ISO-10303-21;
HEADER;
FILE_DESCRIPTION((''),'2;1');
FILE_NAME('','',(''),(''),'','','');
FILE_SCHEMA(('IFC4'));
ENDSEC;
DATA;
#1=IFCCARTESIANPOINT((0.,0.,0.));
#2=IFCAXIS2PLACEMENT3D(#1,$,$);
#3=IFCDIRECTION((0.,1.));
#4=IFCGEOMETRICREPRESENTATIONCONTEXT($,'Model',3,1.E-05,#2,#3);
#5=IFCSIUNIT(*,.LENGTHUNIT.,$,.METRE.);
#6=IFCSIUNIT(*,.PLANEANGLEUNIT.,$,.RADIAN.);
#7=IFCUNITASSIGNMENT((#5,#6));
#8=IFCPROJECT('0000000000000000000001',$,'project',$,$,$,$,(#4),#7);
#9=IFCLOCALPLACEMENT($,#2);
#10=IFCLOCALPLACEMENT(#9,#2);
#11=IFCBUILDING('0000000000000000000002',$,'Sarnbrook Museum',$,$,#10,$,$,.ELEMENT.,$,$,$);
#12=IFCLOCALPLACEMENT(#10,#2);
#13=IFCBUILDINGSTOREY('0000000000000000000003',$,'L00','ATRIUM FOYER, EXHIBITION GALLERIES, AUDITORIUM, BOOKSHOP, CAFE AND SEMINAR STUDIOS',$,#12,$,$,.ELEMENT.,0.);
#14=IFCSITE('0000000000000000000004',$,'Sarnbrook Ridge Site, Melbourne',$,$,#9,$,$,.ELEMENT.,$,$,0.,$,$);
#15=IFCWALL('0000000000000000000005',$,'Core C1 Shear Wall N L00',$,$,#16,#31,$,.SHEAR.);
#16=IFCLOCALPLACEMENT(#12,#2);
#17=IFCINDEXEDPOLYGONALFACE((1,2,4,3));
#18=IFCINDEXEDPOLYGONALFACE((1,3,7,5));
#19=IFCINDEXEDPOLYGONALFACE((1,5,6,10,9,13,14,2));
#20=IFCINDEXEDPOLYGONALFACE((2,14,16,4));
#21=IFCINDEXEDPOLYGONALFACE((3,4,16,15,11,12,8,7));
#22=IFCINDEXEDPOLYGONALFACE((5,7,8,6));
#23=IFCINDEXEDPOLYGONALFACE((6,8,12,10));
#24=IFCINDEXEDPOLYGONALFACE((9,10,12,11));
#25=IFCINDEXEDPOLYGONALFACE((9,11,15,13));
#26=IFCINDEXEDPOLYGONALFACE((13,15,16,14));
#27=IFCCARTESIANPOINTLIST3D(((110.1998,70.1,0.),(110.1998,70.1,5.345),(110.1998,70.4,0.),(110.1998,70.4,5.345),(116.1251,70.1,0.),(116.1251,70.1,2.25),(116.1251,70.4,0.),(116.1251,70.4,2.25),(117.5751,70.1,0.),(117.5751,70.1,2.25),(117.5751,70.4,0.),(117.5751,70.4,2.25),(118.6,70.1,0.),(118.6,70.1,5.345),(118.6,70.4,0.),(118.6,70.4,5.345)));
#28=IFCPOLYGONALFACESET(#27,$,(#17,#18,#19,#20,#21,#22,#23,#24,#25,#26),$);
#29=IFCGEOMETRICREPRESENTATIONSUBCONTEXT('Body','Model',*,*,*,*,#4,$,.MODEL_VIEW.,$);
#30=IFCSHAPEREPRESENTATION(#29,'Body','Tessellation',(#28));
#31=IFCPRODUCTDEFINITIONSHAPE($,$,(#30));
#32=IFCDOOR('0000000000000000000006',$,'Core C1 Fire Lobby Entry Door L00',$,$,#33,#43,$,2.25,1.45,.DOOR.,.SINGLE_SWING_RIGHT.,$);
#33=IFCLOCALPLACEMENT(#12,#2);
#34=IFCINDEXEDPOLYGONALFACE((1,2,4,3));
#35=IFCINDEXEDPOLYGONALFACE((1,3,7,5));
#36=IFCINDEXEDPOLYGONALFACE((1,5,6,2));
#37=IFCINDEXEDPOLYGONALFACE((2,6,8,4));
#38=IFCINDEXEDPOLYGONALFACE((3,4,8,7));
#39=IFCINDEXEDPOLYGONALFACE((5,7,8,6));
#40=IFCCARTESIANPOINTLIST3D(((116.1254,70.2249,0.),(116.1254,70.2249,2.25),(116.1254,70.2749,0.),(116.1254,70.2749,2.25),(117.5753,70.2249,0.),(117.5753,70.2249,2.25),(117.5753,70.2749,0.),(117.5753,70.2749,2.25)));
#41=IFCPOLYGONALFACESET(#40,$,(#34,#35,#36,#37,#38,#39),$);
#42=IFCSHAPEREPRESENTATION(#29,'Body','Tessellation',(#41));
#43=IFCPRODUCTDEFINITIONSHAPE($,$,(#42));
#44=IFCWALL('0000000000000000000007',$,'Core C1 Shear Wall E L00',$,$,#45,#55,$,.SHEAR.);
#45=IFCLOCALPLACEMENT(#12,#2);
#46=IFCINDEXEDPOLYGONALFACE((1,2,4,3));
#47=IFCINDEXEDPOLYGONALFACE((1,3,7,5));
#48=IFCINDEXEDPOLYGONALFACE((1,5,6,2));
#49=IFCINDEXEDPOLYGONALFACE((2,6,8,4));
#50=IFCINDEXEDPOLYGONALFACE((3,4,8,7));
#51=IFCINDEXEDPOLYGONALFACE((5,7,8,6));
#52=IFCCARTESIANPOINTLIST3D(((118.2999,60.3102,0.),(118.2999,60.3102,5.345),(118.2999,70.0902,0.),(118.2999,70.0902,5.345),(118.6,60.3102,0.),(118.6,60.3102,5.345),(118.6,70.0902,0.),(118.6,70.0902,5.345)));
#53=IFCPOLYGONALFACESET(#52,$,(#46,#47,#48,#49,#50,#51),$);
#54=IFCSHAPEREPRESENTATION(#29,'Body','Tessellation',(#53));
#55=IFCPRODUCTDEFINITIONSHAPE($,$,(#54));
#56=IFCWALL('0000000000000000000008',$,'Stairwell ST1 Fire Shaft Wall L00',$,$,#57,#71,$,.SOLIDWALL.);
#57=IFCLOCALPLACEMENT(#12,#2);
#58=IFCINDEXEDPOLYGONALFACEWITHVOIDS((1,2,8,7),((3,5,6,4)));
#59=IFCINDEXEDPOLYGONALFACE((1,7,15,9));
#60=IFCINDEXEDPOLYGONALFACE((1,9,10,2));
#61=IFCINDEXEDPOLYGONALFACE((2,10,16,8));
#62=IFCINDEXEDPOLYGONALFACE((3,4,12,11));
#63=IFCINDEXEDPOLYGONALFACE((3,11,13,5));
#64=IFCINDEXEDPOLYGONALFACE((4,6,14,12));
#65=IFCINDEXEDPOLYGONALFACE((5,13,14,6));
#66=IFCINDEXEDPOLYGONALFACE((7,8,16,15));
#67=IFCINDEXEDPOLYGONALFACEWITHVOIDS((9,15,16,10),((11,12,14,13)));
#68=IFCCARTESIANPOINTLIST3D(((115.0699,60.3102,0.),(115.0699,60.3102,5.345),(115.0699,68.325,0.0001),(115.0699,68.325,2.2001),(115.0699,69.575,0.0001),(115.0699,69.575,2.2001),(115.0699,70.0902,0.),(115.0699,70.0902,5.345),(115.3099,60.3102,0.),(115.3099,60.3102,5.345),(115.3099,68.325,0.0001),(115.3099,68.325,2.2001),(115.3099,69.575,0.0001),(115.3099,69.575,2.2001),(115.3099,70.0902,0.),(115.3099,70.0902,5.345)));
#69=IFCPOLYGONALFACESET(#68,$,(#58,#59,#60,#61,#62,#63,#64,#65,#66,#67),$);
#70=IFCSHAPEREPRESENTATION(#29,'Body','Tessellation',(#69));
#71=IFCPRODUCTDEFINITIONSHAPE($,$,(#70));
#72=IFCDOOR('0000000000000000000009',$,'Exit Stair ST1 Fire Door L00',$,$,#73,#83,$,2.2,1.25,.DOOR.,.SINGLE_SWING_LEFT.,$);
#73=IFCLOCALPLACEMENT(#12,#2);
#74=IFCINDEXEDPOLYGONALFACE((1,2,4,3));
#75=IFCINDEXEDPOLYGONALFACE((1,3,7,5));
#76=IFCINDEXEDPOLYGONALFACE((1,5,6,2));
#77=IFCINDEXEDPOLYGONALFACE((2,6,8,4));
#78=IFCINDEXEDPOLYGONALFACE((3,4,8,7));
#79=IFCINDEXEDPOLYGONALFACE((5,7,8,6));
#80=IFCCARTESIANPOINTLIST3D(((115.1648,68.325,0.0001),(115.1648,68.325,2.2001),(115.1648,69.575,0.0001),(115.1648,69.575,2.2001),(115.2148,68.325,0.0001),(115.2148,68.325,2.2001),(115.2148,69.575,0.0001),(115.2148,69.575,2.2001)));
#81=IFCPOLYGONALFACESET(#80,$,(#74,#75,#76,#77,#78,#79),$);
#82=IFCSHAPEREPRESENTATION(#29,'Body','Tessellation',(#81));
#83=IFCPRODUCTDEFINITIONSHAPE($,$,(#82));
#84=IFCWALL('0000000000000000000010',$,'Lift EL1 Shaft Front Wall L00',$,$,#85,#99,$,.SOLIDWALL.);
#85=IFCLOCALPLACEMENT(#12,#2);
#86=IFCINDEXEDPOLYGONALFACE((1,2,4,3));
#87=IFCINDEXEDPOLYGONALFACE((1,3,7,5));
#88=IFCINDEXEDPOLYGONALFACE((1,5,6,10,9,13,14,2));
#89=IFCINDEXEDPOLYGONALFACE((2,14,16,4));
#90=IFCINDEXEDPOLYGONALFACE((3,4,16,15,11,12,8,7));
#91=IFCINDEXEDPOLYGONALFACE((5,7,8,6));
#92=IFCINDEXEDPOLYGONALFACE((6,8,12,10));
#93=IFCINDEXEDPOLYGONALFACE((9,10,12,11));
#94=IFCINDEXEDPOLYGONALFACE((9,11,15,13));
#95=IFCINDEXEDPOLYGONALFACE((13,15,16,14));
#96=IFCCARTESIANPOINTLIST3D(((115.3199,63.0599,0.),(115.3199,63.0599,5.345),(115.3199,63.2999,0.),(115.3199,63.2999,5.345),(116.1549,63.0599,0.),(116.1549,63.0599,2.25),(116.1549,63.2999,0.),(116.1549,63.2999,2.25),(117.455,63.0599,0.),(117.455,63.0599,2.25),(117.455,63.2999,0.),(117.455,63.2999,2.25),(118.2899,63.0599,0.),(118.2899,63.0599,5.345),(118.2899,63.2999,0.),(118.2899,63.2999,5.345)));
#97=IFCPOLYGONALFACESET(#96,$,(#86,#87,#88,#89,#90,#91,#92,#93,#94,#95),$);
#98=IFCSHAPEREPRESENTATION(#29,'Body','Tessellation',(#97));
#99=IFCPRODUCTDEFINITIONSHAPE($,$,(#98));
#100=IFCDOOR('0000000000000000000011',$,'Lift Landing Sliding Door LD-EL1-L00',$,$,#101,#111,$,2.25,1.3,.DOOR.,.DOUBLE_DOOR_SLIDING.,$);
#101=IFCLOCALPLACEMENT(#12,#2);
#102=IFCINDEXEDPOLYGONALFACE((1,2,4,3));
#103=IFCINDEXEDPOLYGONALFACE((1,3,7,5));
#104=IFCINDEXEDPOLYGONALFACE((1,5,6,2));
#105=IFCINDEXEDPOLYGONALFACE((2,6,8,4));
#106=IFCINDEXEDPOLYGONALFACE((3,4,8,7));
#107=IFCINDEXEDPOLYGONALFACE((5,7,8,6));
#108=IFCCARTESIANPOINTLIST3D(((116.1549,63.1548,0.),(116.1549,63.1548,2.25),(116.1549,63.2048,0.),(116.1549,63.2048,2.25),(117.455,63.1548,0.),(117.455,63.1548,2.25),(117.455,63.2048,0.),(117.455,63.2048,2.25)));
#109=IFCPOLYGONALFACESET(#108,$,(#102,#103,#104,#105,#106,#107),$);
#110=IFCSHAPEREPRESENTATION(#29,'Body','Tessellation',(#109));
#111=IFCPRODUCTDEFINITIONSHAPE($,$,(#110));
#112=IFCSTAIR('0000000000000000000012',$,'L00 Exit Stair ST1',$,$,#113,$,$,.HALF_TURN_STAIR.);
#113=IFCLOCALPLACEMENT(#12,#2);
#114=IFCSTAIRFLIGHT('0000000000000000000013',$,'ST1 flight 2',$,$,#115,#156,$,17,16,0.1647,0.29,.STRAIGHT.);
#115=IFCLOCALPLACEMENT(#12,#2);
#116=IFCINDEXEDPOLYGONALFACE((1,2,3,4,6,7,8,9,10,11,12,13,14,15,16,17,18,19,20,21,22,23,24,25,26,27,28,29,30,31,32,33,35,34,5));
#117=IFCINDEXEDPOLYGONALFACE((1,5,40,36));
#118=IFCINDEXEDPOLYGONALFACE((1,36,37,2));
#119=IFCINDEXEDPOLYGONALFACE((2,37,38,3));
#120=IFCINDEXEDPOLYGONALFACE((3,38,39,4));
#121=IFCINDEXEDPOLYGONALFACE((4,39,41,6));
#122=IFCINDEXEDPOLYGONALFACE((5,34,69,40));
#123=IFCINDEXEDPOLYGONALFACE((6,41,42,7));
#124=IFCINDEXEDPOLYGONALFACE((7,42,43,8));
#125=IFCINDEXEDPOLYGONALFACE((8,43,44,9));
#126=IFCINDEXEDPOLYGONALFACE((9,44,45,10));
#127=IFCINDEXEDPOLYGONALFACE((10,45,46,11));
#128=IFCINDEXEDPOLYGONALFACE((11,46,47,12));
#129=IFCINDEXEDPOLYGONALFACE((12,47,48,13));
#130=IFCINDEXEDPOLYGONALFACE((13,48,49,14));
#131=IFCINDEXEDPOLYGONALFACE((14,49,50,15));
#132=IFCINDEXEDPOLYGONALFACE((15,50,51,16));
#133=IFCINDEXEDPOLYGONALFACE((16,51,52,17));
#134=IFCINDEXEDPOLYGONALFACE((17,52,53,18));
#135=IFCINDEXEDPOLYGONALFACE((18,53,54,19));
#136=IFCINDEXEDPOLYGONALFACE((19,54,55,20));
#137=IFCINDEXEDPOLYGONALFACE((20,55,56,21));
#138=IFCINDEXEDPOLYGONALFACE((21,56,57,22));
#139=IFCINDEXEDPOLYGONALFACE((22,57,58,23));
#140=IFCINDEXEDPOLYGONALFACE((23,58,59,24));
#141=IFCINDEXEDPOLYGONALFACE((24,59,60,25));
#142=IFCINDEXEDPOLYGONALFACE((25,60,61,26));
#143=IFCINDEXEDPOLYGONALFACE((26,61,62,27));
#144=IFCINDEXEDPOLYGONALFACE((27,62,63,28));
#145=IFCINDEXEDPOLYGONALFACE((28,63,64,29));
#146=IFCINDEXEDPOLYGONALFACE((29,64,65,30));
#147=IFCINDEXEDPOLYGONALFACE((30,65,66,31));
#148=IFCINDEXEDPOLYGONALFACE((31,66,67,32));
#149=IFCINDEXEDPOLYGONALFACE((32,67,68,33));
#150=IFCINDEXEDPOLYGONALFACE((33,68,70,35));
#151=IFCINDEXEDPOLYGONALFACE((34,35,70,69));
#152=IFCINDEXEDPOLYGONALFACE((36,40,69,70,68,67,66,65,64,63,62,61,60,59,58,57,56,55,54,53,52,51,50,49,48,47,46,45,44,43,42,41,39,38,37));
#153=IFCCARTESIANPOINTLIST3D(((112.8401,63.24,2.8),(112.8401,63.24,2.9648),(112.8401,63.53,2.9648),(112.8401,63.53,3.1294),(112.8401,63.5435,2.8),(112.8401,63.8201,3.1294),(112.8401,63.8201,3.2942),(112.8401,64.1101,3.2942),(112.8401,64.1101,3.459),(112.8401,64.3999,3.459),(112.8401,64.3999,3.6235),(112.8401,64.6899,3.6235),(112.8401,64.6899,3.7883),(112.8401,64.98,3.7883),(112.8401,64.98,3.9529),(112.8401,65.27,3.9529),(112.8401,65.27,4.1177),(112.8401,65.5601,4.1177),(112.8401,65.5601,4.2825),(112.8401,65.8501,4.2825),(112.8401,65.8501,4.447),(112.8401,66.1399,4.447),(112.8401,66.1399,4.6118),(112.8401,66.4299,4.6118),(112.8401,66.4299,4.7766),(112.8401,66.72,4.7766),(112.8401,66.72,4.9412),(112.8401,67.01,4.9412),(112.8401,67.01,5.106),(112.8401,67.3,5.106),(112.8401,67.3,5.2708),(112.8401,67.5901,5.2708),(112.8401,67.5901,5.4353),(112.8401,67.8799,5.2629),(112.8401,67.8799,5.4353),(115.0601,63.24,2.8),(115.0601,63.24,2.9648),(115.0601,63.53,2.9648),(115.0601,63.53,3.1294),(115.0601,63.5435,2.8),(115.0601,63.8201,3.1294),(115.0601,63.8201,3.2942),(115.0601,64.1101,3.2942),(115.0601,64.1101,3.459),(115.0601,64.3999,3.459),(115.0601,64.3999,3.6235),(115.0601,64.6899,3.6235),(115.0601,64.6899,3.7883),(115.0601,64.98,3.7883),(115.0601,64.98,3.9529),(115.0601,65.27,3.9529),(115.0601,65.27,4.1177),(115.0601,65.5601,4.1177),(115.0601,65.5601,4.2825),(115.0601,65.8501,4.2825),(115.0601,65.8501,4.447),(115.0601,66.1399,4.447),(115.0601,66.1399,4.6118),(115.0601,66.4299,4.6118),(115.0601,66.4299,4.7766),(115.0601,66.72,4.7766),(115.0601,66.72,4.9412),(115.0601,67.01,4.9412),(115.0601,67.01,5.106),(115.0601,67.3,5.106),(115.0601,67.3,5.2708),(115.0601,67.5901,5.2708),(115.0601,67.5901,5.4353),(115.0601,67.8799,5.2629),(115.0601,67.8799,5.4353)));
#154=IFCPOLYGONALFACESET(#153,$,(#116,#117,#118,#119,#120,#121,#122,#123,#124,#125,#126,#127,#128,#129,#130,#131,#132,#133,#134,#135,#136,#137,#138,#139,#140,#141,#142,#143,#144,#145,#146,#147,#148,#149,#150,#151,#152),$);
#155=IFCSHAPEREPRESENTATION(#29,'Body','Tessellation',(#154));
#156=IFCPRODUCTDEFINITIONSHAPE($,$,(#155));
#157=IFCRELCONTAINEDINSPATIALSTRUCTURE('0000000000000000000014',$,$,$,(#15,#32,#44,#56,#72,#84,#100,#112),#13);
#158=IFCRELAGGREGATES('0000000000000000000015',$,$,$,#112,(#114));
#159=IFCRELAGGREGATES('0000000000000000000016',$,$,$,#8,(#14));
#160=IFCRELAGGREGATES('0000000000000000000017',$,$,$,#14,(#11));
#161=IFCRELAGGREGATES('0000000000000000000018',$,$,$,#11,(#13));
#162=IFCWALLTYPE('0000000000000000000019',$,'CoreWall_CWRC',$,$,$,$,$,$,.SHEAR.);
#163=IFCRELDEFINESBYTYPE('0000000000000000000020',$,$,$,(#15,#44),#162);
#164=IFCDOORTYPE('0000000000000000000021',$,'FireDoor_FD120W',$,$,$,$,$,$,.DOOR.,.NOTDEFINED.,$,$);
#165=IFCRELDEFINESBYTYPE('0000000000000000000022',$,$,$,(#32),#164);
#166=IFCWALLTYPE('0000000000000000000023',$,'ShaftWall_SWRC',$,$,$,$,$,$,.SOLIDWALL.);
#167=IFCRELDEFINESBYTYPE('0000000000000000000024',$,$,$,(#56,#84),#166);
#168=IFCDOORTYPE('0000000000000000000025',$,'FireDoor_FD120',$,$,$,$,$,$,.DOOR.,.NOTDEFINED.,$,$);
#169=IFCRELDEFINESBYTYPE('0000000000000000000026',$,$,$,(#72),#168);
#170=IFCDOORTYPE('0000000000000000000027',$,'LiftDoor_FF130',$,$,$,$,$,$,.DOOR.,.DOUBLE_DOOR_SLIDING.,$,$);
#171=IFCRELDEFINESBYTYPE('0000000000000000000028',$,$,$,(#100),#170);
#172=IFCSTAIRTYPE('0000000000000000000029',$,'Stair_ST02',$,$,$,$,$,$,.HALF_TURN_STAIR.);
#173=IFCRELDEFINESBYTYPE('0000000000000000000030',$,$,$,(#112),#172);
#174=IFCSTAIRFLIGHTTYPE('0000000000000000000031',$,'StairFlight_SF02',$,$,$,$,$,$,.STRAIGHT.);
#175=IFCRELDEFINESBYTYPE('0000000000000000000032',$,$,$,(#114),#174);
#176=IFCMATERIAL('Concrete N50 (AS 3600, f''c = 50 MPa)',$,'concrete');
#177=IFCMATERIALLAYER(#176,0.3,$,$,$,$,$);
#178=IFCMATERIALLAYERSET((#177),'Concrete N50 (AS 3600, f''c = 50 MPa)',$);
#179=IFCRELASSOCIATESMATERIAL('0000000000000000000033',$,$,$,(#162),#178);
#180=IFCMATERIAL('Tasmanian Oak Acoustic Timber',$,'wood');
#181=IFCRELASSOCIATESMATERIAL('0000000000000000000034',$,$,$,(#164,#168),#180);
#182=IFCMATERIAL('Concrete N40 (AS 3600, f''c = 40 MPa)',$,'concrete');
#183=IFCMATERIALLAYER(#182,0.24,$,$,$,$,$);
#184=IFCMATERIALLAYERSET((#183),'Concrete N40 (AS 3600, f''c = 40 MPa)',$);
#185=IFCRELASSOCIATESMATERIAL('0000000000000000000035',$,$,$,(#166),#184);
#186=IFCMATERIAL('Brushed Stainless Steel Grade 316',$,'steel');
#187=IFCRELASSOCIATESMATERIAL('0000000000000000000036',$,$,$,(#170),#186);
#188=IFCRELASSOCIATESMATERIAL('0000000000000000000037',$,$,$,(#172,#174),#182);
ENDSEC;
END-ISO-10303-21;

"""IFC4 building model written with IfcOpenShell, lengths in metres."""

from ifc_helpers import new_model, si_unit, direction, frame, frame_2d, origin, place, context, subcontext, project, spatial, polyline, rectangle, outline, extrude, material, layer, layer_set, type_object, element, fill, aggregate, save


model = new_model("IFC4")

# Units and contexts
model_context = context("Model", 3, precision=1e-05, world=origin(), true_north=direction((0.0, 1.0)))
body_context = subcontext(model_context, "Body", "Model", "MODEL_VIEW")
ifc_project = project(units=[si_unit("LENGTHUNIT", "METRE"), si_unit("PLANEANGLEUNIT", "RADIAN")], contexts=[model_context])

# Site, building, storey
site_placement = place(None, origin())
site = spatial("IfcSite", under=ifc_project, at=site_placement, Name="Sarnbrook Ridge Site, Melbourne", CompositionType="ELEMENT", RefElevation=0.0)
building_placement = place(site_placement, origin())
building = spatial("IfcBuilding", under=site, at=building_placement, Name="Sarnbrook Museum", CompositionType="ELEMENT")
storey_placement = place(building_placement, origin())
storey = spatial("IfcBuildingStorey", under=building, at=storey_placement, Name="L00", Description="ATRIUM FOYER, EXHIBITION GALLERIES, AUDITORIUM, BOOKSHOP, CAFE AND SEMINAR STUDIOS", CompositionType="ELEMENT", Elevation=0.0)

# Shared definitions
ifc_material_1 = material(Name="Concrete N50 (AS 3600, f'c = 50 MPa)", Category="concrete")

# Wall, opening, door
ifc_layer_1 = layer(ifc_material_1, 0.3)
ifc_layer_set_1 = layer_set([ifc_layer_1], Name="Concrete N50 (AS 3600, f'c = 50 MPa)")
wall_type_1 = type_object("IfcWallType", Name="CoreWall_CWRC", PredefinedType="SHEAR", material=ifc_layer_set_1)
wall_1_placement = place(storey_placement, frame((118.6001, 70.25, 0.0), z_axis=(0.0, 0.0, 1.0), x_axis=(-1.0, 0.0, 0.0)))
wall_1 = element("IfcWall", 1, at=wall_1_placement, inside=storey, type_object=wall_type_1, Name="Core C1 Shear Wall N L00", PredefinedType="SHEAR", context=body_context, shape_type="SweptSolid", body=[
    extrude(rectangle(XDim=8.4001, YDim=0.3, at=frame_2d((4.2002, 0.0))), origin(), (0.0, 0.0, 1.0), 5.345),
])
opening_1_placement = place(wall_1_placement, frame((1.0249, 0.0, 0.0)))
opening_1 = element("IfcOpeningElement", 2, at=opening_1_placement, cuts=wall_1, PredefinedType="OPENING", context=body_context, shape_type="SweptSolid", body=[
    extrude(rectangle(XDim=1.45, YDim=2.25, at=frame_2d((0.7251, 1.125))), frame((0.0, 0.1602, 0.0), z_axis=(0.0, -1.0, 0.0), x_axis=(1.0, 0.0, 0.0)), (0.0, 0.0, 1.0), 0.3201),
])
ifc_material_2 = material(Name="Tasmanian Oak Acoustic Timber", Category="wood")
door_type_1 = type_object("IfcDoorType", Name="FireDoor_FD120W", OperationType="NOTDEFINED", PredefinedType="DOOR", material=ifc_material_2)
door_1_placement = place(opening_1_placement, frame((1.45, 0.0, 0.0), z_axis=(0.0, 0.0, 1.0), x_axis=(-1.0, 0.0, 0.0)))
door_1 = element("IfcDoor", 3, at=door_1_placement, inside=storey, type_object=door_type_1, Name="Core C1 Fire Lobby Entry Door L00", OperationType="SINGLE_SWING_RIGHT", OverallHeight=2.25, OverallWidth=1.45, PredefinedType="DOOR", context=body_context, shape_type="SweptSolid", body=[
    extrude(rectangle(XDim=1.45, YDim=2.25, at=frame_2d((0.7251, 1.125))), frame((0.0, 0.0249, 0.0), z_axis=(0.0, -1.0, 0.0), x_axis=(1.0, 0.0, 0.0)), (0.0, 0.0, 1.0), 0.05),
])
fill(opening_1, door_1)

# Wall
wall_2_placement = place(storey_placement, frame((118.45, 60.3101, 0.0), z_axis=(0.0, 0.0, 1.0), x_axis=(0.0, 1.0, 0.0)))
element("IfcWall", 4, at=wall_2_placement, inside=storey, type_object=wall_type_1, Name="Core C1 Shear Wall E L00", PredefinedType="SHEAR", context=body_context, shape_type="SweptSolid", body=[
    extrude(rectangle(XDim=9.78, YDim=0.3, at=frame_2d((4.8901, 0.0))), origin(), (0.0, 0.0, 1.0), 5.345),
])

# Walls, openings, doors
ifc_material_3 = material(Name="Concrete N40 (AS 3600, f'c = 40 MPa)", Category="concrete")
ifc_layer_2 = layer(ifc_material_3, 0.24)
ifc_layer_set_2 = layer_set([ifc_layer_2], Name="Concrete N40 (AS 3600, f'c = 40 MPa)")
wall_type_2 = type_object("IfcWallType", Name="ShaftWall_SWRC", PredefinedType="SOLIDWALL", material=ifc_layer_set_2)
wall_3_placement = place(storey_placement, frame((115.1899, 60.3101, 0.0), z_axis=(0.0, 0.0, 1.0), x_axis=(0.0, 1.0, 0.0)))
wall_3 = element("IfcWall", 5, at=wall_3_placement, inside=storey, type_object=wall_type_2, Name="Stairwell ST1 Fire Shaft Wall L00", PredefinedType="SOLIDWALL", context=body_context, shape_type="SweptSolid", body=[
    extrude(rectangle(XDim=9.78, YDim=0.24, at=frame_2d((4.8901, 0.0))), origin(), (0.0, 0.0, 1.0), 5.345),
])
opening_2_placement = place(wall_3_placement, frame((8.0149, 0.0, 0.0)))
opening_2 = element("IfcOpeningElement", 6, at=opening_2_placement, cuts=wall_3, PredefinedType="OPENING", context=body_context, shape_type="SweptSolid", body=[
    extrude(rectangle(XDim=1.25, YDim=2.2, at=frame_2d((0.625, 1.1001))), frame((0.0, 0.1299, 0.0), z_axis=(0.0, -1.0, 0.0), x_axis=(1.0, 0.0, 0.0)), (0.0, 0.0, 1.0), 0.26),
])
door_type_2 = type_object("IfcDoorType", Name="FireDoor_FD120", OperationType="NOTDEFINED", PredefinedType="DOOR", material=ifc_material_2)
door_2_placement = place(opening_2_placement, frame((1.25, 0.0, 0.0), z_axis=(0.0, 0.0, 1.0), x_axis=(-1.0, 0.0, 0.0)))
door_2 = element("IfcDoor", 7, at=door_2_placement, inside=storey, type_object=door_type_2, Name="Exit Stair ST1 Fire Door L00", OperationType="SINGLE_SWING_LEFT", OverallHeight=2.2, OverallWidth=1.25, PredefinedType="DOOR", context=body_context, shape_type="SweptSolid", body=[
    extrude(rectangle(XDim=1.25, YDim=2.2, at=frame_2d((0.625, 1.1001))), frame((0.0, 0.0249, 0.0), z_axis=(0.0, -1.0, 0.0), x_axis=(1.0, 0.0, 0.0)), (0.0, 0.0, 1.0), 0.05),
])
fill(opening_2, door_2)
wall_4_placement = place(storey_placement, frame((115.3201, 63.1799, 0.0), z_axis=(0.0, 0.0, 1.0), x_axis=(1.0, 0.0, 0.0)))
wall_4 = element("IfcWall", 8, at=wall_4_placement, inside=storey, type_object=wall_type_2, Name="Lift EL1 Shaft Front Wall L00", PredefinedType="SOLIDWALL", context=body_context, shape_type="SweptSolid", body=[
    extrude(rectangle(XDim=2.97, YDim=0.24, at=frame_2d((1.4849, 0.0))), origin(), (0.0, 0.0, 1.0), 5.345),
])
opening_3_placement = place(wall_4_placement, frame((0.835, 0.0, 0.0)))
opening_3 = element("IfcOpeningElement", 9, at=opening_3_placement, cuts=wall_4, PredefinedType="OPENING", context=body_context, shape_type="SweptSolid", body=[
    extrude(rectangle(XDim=1.3, YDim=2.25, at=frame_2d((0.6499, 1.125))), frame((0.0, 0.1299, 0.0), z_axis=(0.0, -1.0, 0.0), x_axis=(1.0, 0.0, 0.0)), (0.0, 0.0, 1.0), 0.26),
])
ifc_material_4 = material(Name="Brushed Stainless Steel Grade 316", Category="steel")
door_type_3 = type_object("IfcDoorType", Name="LiftDoor_FF130", OperationType="DOUBLE_DOOR_SLIDING", PredefinedType="DOOR", material=ifc_material_4)
door_3_placement = place(opening_3_placement, origin())
door_3 = element("IfcDoor", 10, at=door_3_placement, inside=storey, type_object=door_type_3, Name="Lift Landing Sliding Door LD-EL1-L00", OperationType="DOUBLE_DOOR_SLIDING", OverallHeight=2.25, OverallWidth=1.3, PredefinedType="DOOR", context=body_context, shape_type="SweptSolid", body=[
    extrude(rectangle(XDim=1.3, YDim=2.25, at=frame_2d((0.6499, 1.125))), frame((0.0, 0.0249, 0.0), z_axis=(0.0, -1.0, 0.0), x_axis=(1.0, 0.0, 0.0)), (0.0, 0.0, 1.0), 0.05),
])
fill(opening_3, door_3)

# Stair, stair flight
stair_type = type_object("IfcStairType", Name="Stair_ST02", PredefinedType="HALF_TURN_STAIR", material=ifc_material_3)
stair_placement = place(storey_placement, origin())
stair = element("IfcStair", 11, at=stair_placement, inside=storey, type_object=stair_type, Name="L00 Exit Stair ST1", PredefinedType="HALF_TURN_STAIR")
stair_flight_type = type_object("IfcStairFlightType", Name="StairFlight_SF02", PredefinedType="STRAIGHT", material=ifc_material_3)
stair_flight_placement = place(storey_placement, frame((113.95, 63.24, 2.8), z_axis=(0.0, 0.0, 1.0), x_axis=(0.0, 1.0, 0.0)))
stair_flight = element("IfcStairFlight", 12, at=stair_flight_placement, type_object=stair_flight_type, Name="ST1 flight 2", NumberOfRisers=17, NumberOfTreads=16, PredefinedType="STRAIGHT", RiserHeight=0.1647, TreadLength=0.29, context=body_context, shape_type="SweptSolid", body=[
    extrude(outline(polyline([(0.0, 0.0), (0.0, 0.1648), (0.29, 0.1648), (0.29, 0.3293), (0.5801, 0.3293), (0.5801, 0.4941), (0.8701, 0.4941), (0.8701, 0.6589), (1.1599, 0.6589), (1.1599, 0.8235), (1.45, 0.8235), (1.45, 0.9883), (1.74, 0.9883), (1.74, 1.1528), (2.03, 1.1528), (2.03, 1.3176), (2.3201, 1.3176), (2.3201, 1.4824), (2.6101, 1.4824), (2.6101, 1.647), (2.8999, 1.647), (2.8999, 1.8118), (3.1899, 1.8118), (3.1899, 1.9766), (3.48, 1.9766), (3.48, 2.1411), (3.77, 2.1411), (3.77, 2.3059), (4.0601, 2.3059), (4.0601, 2.4707), (4.3501, 2.4707), (4.3501, 2.6353), (4.6399, 2.6353), (4.6399, 2.8), (4.6399, 2.4629), (0.3035, 0.0), (0.0, 0.0)])), frame((0.0, 1.1099, 0.0), z_axis=(0.0, -1.0, 0.0), x_axis=(1.0, 0.0, 0.0)), (0.0, 0.0, 1.0), 2.22),
])
aggregate(stair, [stair_flight])

save(model, "model.ifc")
